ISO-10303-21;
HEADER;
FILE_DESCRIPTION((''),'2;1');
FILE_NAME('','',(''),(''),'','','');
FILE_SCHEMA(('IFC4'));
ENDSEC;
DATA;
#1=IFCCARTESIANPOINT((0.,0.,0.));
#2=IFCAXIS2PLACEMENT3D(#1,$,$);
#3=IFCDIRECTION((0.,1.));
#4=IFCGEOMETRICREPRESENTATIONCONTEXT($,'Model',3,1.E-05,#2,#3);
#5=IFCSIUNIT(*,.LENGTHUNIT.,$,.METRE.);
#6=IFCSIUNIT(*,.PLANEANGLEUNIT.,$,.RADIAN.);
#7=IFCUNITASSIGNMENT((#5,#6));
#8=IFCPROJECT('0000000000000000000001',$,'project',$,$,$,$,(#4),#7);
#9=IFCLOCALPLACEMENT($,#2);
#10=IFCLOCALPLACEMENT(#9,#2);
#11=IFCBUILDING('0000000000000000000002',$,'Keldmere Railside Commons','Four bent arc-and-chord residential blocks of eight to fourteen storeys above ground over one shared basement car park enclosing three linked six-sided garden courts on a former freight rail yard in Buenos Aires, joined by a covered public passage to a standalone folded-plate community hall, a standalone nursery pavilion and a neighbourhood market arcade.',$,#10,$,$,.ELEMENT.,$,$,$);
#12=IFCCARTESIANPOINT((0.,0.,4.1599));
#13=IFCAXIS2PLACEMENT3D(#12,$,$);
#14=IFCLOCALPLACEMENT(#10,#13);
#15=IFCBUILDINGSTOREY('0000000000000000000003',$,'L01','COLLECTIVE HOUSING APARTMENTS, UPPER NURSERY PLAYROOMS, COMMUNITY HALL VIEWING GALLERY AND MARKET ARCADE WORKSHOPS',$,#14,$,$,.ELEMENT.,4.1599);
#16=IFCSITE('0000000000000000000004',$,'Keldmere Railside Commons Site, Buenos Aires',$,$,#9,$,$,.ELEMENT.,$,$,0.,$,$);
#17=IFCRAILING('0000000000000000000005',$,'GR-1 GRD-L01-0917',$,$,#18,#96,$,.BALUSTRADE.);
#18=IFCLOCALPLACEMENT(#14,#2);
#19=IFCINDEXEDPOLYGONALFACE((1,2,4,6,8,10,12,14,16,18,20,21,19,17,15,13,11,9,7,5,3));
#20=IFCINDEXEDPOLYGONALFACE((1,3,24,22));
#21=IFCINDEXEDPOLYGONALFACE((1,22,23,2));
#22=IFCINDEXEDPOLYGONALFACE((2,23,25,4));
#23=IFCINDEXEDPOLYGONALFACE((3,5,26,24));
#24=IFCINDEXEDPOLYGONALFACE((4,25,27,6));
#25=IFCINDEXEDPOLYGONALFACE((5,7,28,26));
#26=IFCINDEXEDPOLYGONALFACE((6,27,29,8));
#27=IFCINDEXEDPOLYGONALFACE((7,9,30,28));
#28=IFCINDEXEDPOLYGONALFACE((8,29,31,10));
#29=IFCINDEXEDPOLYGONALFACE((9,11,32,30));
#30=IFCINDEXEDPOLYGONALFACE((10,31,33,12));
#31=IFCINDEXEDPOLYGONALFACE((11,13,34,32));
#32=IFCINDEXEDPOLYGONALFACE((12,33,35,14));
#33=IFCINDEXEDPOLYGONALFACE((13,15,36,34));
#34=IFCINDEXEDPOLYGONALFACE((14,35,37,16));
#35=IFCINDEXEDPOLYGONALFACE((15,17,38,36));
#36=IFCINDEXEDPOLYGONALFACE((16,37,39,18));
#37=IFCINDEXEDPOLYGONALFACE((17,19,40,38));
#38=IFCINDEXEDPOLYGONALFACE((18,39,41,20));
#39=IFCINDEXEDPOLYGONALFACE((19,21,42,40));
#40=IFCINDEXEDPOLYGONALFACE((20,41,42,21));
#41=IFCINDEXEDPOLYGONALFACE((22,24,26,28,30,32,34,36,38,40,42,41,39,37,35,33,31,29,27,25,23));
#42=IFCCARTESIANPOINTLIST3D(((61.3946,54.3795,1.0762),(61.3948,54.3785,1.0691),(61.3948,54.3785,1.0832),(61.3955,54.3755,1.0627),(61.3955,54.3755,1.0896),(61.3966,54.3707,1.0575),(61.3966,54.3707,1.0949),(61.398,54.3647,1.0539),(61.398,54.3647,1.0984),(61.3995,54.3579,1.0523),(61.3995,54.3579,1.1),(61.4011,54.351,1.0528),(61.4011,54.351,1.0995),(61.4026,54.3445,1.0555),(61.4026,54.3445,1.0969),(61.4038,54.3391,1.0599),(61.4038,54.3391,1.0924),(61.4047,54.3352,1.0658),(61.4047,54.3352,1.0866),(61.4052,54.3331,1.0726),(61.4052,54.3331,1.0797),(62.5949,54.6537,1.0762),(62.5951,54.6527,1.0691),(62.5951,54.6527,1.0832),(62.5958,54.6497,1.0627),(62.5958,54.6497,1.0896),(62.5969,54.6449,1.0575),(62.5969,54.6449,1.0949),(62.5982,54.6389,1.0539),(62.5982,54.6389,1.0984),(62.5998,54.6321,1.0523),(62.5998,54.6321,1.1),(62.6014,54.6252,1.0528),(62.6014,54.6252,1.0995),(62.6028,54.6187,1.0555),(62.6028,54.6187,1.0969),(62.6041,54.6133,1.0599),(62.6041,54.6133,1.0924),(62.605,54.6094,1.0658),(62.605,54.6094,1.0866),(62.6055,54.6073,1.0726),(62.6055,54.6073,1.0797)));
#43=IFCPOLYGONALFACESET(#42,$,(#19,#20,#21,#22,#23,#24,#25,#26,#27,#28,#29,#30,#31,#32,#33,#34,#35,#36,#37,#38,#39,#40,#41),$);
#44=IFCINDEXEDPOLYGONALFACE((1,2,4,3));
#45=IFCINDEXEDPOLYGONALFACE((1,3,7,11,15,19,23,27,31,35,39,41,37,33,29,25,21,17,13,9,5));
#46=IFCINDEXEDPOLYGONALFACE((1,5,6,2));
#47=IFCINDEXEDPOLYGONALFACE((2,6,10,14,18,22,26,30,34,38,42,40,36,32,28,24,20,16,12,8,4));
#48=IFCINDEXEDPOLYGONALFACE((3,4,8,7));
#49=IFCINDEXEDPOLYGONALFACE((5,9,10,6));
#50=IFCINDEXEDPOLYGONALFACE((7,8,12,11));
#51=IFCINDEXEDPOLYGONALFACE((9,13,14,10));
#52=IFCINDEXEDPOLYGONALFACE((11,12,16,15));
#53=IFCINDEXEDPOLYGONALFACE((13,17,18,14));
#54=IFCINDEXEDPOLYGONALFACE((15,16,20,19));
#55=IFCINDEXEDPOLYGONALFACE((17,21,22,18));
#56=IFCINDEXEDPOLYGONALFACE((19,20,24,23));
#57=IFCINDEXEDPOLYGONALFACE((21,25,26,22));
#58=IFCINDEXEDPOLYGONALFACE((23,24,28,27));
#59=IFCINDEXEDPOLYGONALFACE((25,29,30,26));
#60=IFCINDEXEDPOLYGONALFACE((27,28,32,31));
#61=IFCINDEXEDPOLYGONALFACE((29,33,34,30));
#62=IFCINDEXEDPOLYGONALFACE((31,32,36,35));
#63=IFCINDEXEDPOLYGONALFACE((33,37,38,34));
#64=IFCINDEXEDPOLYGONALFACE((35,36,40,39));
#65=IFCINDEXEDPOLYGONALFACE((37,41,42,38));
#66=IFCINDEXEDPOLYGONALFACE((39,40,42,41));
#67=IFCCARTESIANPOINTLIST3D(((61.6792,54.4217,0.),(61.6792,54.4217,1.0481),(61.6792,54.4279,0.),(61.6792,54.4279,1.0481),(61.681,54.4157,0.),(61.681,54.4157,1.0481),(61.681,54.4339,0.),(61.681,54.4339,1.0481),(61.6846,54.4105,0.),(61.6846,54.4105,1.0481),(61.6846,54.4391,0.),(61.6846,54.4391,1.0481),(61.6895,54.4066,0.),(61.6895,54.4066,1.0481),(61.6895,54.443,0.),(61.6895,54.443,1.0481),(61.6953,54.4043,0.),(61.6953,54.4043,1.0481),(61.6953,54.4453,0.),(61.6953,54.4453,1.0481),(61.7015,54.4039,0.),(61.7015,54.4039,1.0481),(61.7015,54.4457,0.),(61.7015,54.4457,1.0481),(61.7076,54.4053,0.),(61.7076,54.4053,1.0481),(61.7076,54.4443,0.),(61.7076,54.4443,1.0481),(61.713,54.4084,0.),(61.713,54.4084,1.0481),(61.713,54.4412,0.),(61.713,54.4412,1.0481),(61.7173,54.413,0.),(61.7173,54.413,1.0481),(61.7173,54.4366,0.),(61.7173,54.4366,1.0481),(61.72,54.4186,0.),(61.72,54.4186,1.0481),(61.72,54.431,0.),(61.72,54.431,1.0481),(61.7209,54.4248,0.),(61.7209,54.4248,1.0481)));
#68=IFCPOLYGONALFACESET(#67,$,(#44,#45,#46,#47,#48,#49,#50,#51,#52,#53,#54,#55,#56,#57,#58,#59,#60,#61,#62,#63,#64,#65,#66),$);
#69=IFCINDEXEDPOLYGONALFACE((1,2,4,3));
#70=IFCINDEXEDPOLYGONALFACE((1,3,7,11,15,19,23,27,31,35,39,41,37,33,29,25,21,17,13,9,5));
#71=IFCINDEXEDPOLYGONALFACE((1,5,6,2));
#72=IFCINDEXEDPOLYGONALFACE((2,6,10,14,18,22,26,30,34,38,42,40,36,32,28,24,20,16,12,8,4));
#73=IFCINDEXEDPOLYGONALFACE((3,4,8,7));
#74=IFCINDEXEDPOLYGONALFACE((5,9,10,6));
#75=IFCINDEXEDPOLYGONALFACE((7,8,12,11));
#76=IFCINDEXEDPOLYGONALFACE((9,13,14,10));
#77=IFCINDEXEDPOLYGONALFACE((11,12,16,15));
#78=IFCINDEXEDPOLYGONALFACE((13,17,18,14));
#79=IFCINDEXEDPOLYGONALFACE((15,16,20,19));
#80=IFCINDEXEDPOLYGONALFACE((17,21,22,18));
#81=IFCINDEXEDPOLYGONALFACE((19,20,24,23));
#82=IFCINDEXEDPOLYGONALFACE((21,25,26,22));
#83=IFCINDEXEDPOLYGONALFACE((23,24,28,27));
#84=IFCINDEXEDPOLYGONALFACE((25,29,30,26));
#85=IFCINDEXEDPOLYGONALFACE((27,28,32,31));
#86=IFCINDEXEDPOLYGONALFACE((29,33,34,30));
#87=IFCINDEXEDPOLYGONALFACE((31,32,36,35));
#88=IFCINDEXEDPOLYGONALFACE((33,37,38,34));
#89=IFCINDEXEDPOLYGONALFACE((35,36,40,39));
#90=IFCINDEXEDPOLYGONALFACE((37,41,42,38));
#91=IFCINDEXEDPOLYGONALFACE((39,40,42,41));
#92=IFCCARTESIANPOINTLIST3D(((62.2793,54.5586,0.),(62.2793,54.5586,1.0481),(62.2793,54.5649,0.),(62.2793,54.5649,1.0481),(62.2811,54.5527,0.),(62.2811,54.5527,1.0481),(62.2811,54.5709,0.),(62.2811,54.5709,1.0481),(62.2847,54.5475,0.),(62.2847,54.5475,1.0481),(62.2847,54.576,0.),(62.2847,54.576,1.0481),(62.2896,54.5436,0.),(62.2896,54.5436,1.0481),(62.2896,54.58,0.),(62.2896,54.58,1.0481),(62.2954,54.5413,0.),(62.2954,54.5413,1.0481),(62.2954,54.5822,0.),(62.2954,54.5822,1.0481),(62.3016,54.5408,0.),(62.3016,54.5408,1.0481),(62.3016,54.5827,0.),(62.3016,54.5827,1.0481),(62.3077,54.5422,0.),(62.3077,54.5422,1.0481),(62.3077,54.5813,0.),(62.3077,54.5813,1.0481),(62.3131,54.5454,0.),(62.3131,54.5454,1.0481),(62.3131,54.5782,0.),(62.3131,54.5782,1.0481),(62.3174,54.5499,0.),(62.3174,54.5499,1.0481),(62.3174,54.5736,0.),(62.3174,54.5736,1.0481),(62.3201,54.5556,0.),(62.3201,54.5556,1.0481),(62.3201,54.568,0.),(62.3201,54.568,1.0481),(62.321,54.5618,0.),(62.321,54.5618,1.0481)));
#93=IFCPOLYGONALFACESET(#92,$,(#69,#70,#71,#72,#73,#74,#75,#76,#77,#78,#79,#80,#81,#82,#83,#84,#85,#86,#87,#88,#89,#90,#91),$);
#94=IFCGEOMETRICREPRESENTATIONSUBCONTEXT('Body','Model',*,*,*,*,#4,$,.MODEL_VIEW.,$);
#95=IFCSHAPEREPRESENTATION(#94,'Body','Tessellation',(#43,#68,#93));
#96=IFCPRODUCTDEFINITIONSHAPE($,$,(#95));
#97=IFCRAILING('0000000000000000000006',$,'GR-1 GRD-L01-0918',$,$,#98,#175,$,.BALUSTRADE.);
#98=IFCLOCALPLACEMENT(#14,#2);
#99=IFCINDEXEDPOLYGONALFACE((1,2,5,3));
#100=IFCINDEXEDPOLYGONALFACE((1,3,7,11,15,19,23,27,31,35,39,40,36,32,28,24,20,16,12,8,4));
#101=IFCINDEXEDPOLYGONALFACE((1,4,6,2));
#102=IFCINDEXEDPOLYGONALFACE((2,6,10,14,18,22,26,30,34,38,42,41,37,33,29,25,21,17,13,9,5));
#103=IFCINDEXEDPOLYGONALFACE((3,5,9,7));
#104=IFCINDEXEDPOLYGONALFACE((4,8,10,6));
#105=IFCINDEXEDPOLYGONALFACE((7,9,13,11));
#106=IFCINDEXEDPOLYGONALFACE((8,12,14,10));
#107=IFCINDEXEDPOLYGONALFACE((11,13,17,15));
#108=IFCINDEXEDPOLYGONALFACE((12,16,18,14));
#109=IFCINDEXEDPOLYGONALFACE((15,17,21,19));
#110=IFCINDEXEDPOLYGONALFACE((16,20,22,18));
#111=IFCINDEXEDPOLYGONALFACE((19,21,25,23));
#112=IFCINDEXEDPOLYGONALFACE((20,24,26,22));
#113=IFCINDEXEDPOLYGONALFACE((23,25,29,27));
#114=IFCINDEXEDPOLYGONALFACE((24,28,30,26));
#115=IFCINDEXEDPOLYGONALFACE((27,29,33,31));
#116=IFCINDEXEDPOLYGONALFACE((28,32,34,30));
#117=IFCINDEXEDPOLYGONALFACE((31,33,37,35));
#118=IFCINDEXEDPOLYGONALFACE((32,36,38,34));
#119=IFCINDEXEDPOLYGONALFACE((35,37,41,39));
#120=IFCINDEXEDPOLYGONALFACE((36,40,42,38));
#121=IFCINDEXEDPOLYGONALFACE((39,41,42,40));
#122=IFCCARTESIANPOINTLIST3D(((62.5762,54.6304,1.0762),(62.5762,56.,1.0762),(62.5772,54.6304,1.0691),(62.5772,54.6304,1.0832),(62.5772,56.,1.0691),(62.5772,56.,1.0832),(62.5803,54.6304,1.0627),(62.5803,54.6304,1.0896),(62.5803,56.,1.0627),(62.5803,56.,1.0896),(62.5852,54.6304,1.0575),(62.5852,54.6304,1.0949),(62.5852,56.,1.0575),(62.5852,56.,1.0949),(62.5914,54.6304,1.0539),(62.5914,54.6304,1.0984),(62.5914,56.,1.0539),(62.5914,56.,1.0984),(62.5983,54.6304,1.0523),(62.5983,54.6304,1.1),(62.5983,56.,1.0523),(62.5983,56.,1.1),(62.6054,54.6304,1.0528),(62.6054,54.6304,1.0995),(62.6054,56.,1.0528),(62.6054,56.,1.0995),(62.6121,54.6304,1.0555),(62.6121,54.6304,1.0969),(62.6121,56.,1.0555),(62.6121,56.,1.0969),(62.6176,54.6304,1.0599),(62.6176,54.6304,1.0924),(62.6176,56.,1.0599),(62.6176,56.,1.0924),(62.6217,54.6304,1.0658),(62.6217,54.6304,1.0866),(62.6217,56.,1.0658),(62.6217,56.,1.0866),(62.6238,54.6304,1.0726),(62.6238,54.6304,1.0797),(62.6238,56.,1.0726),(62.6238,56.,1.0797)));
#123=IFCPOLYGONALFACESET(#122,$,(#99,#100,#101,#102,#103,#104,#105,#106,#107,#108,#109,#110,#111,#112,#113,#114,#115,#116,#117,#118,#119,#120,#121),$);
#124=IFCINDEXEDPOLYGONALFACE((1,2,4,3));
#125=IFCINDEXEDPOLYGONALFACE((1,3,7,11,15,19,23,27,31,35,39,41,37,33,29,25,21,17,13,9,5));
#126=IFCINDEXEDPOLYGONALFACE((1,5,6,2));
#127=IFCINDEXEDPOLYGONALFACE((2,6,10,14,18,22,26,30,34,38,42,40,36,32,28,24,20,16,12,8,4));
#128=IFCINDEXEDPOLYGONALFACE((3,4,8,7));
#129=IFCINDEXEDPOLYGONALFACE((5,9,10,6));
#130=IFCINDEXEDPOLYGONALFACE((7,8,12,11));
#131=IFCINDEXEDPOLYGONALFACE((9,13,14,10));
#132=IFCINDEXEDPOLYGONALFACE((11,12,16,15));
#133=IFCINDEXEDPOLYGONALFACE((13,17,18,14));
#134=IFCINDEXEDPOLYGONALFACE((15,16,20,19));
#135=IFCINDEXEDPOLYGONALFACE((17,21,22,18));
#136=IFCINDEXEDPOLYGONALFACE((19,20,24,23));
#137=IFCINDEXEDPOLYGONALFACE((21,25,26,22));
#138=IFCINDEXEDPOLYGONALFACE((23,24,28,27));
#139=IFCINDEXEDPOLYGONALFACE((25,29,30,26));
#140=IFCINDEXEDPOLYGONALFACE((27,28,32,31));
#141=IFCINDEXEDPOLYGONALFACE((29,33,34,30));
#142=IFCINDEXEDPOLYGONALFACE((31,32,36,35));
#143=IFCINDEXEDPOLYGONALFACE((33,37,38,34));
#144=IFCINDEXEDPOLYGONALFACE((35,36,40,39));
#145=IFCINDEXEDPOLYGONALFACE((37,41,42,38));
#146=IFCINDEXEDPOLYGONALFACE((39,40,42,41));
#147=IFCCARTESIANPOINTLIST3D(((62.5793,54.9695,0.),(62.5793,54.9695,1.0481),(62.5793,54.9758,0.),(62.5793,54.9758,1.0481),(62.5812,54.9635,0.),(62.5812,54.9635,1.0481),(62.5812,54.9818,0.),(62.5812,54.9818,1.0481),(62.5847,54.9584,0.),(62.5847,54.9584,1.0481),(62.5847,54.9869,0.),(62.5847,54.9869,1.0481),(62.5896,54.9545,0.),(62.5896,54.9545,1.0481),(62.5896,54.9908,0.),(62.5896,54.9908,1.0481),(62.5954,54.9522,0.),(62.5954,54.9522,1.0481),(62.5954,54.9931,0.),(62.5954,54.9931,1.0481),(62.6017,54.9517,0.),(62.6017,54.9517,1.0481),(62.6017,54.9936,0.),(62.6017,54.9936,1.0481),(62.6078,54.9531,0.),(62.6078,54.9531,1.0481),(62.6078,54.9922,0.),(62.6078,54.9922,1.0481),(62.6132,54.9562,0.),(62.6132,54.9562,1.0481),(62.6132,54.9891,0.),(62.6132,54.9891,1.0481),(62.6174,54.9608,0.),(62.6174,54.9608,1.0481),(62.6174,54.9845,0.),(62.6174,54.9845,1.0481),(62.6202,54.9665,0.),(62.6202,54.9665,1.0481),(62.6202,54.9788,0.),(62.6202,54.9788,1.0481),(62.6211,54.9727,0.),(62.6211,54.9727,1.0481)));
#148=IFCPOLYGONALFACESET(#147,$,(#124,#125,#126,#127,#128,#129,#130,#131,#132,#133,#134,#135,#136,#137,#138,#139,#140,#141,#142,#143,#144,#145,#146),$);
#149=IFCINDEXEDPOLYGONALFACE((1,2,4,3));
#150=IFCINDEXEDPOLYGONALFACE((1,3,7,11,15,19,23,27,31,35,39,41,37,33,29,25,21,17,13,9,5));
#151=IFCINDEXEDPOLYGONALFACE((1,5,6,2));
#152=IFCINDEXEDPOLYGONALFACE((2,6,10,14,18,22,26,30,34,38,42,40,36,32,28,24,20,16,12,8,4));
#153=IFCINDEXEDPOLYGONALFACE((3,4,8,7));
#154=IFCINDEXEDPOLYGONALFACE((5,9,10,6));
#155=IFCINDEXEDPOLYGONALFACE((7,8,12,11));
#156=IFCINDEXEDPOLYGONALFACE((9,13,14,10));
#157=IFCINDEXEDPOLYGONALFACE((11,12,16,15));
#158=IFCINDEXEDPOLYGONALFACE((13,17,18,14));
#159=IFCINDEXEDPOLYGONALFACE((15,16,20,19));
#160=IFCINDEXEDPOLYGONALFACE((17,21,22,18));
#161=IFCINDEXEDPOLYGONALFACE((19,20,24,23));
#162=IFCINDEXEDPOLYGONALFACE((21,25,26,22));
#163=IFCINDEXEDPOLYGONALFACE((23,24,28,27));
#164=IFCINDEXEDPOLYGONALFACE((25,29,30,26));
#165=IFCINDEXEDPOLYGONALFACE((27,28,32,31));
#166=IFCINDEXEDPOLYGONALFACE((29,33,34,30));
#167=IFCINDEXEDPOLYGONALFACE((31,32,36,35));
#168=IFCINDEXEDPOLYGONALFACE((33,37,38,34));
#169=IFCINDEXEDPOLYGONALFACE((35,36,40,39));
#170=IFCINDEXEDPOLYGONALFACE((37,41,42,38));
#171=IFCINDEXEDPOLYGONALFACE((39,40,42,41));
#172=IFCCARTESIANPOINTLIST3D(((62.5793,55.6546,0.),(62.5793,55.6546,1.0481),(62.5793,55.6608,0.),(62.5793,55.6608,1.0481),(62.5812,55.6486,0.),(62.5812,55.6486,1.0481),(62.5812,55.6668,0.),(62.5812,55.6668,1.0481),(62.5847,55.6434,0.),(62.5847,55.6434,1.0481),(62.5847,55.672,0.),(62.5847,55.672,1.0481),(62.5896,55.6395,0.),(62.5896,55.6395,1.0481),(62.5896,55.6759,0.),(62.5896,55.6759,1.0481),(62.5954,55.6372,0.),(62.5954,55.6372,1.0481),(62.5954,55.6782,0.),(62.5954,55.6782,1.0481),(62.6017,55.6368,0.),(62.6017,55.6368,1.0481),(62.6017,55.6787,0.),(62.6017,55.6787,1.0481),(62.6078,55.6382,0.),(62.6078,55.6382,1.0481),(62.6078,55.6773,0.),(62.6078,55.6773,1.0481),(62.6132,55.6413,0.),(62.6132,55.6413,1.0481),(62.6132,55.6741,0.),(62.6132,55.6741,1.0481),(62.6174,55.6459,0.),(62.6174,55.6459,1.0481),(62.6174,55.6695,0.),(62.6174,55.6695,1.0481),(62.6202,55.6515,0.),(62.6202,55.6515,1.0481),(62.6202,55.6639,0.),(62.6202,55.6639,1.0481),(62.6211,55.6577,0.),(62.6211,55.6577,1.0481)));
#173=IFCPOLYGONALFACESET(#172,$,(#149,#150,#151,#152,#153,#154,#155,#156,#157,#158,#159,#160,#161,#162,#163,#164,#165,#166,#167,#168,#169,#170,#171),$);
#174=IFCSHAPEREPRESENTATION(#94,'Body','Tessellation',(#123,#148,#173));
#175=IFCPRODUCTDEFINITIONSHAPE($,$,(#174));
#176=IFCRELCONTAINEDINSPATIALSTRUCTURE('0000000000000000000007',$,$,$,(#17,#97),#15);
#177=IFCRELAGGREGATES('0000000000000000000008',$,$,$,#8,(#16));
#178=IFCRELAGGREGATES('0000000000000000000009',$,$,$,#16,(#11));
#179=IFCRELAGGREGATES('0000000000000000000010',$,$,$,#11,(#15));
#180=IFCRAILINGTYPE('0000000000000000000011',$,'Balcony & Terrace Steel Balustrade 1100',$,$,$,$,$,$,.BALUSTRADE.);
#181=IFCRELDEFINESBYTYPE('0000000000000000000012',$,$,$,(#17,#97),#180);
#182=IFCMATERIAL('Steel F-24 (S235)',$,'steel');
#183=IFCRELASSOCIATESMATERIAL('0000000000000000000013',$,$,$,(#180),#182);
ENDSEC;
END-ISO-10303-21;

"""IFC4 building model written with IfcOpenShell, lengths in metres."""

from ifc_helpers import new_model, si_unit, direction, frame, origin, origin_2d, place, context, subcontext, project, spatial, circle, extrude, material, type_object, element, save


model = new_model("IFC4")

# Units and contexts
model_context = context("Model", 3, precision=1e-05, world=origin(), true_north=direction((0.0, 1.0)))
body_context = subcontext(model_context, "Body", "Model", "MODEL_VIEW")
ifc_project = project(units=[si_unit("LENGTHUNIT", "METRE"), si_unit("PLANEANGLEUNIT", "RADIAN")], contexts=[model_context])

# Site, building, storey
site_placement = place(None, origin())
site = spatial("IfcSite", under=ifc_project, at=site_placement, Name="Keldmere Railside Commons Site, Buenos Aires", CompositionType="ELEMENT", RefElevation=0.0)
building_placement = place(site_placement, origin())
building = spatial("IfcBuilding", under=site, at=building_placement, Name="Keldmere Railside Commons", Description="Four bent arc-and-chord residential blocks of eight to fourteen storeys above ground over one shared basement car park enclosing three linked six-sided garden courts on a former freight rail yard in Buenos Aires, joined by a covered public passage to a standalone folded-plate community hall, a standalone nursery pavilion and a neighbourhood market arcade.", CompositionType="ELEMENT")
storey_placement = place(building_placement, frame((0.0, 0.0, 4.1599)))
storey = spatial("IfcBuildingStorey", under=building, at=storey_placement, Name="L01", Description="COLLECTIVE HOUSING APARTMENTS, UPPER NURSERY PLAYROOMS, COMMUNITY HALL VIEWING GALLERY AND MARKET ARCADE WORKSHOPS", CompositionType="ELEMENT", Elevation=4.1599)

# Railings
ifc_material_1 = material(Name="Steel F-24 (S235)", Category="steel")
railing_type = type_object("IfcRailingType", Name="Balcony & Terrace Steel Balustrade 1100", PredefinedType="BALUSTRADE", material=ifc_material_1)
railing_1_placement = place(storey_placement, frame((61.3999, 54.3562, 0.0)))
element("IfcRailing", 1, at=railing_1_placement, inside=storey, type_object=railing_type, Name="GR-1 GRD-L01-0917", PredefinedType="BALUSTRADE", context=body_context, shape_type="SweptSolid", body=[
    extrude(circle(Radius=0.0239, at=origin_2d()), frame((0.0, 0.0, 1.0762), z_axis=(0.974887, 0.222701, 0.0), x_axis=(-0.222701, 0.974887, 0.0)), (0.0, 0.0, 1.0), 1.2312),
    extrude(circle(Radius=0.021, at=origin_2d()), frame((0.3, 0.0686, 0.0)), (0.0, 0.0, 1.0), 1.0481),
    extrude(circle(Radius=0.021, at=origin_2d()), frame((0.9001, 0.2056, 0.0)), (0.0, 0.0, 1.0), 1.0481),
])
railing_2_placement = place(storey_placement, frame((62.6001, 54.6304, 0.0)))
element("IfcRailing", 2, at=railing_2_placement, inside=storey, type_object=railing_type, Name="GR-1 GRD-L01-0918", PredefinedType="BALUSTRADE", context=body_context, shape_type="SweptSolid", body=[
    extrude(circle(Radius=0.0239, at=origin_2d()), frame((0.0, 0.0, 1.0762), z_axis=(0.0, 1.0, 0.0), x_axis=(-1.0, 0.0, 0.0)), (0.0, 0.0, 1.0), 1.3696),
    extrude(circle(Radius=0.021, at=origin_2d()), frame((0.0, 0.3423, 0.0)), (0.0, 0.0, 1.0), 1.0481),
    extrude(circle(Radius=0.021, at=origin_2d()), frame((0.0, 1.0273, 0.0)), (0.0, 0.0, 1.0), 1.0481),
])

save(model, "model.ifc")
